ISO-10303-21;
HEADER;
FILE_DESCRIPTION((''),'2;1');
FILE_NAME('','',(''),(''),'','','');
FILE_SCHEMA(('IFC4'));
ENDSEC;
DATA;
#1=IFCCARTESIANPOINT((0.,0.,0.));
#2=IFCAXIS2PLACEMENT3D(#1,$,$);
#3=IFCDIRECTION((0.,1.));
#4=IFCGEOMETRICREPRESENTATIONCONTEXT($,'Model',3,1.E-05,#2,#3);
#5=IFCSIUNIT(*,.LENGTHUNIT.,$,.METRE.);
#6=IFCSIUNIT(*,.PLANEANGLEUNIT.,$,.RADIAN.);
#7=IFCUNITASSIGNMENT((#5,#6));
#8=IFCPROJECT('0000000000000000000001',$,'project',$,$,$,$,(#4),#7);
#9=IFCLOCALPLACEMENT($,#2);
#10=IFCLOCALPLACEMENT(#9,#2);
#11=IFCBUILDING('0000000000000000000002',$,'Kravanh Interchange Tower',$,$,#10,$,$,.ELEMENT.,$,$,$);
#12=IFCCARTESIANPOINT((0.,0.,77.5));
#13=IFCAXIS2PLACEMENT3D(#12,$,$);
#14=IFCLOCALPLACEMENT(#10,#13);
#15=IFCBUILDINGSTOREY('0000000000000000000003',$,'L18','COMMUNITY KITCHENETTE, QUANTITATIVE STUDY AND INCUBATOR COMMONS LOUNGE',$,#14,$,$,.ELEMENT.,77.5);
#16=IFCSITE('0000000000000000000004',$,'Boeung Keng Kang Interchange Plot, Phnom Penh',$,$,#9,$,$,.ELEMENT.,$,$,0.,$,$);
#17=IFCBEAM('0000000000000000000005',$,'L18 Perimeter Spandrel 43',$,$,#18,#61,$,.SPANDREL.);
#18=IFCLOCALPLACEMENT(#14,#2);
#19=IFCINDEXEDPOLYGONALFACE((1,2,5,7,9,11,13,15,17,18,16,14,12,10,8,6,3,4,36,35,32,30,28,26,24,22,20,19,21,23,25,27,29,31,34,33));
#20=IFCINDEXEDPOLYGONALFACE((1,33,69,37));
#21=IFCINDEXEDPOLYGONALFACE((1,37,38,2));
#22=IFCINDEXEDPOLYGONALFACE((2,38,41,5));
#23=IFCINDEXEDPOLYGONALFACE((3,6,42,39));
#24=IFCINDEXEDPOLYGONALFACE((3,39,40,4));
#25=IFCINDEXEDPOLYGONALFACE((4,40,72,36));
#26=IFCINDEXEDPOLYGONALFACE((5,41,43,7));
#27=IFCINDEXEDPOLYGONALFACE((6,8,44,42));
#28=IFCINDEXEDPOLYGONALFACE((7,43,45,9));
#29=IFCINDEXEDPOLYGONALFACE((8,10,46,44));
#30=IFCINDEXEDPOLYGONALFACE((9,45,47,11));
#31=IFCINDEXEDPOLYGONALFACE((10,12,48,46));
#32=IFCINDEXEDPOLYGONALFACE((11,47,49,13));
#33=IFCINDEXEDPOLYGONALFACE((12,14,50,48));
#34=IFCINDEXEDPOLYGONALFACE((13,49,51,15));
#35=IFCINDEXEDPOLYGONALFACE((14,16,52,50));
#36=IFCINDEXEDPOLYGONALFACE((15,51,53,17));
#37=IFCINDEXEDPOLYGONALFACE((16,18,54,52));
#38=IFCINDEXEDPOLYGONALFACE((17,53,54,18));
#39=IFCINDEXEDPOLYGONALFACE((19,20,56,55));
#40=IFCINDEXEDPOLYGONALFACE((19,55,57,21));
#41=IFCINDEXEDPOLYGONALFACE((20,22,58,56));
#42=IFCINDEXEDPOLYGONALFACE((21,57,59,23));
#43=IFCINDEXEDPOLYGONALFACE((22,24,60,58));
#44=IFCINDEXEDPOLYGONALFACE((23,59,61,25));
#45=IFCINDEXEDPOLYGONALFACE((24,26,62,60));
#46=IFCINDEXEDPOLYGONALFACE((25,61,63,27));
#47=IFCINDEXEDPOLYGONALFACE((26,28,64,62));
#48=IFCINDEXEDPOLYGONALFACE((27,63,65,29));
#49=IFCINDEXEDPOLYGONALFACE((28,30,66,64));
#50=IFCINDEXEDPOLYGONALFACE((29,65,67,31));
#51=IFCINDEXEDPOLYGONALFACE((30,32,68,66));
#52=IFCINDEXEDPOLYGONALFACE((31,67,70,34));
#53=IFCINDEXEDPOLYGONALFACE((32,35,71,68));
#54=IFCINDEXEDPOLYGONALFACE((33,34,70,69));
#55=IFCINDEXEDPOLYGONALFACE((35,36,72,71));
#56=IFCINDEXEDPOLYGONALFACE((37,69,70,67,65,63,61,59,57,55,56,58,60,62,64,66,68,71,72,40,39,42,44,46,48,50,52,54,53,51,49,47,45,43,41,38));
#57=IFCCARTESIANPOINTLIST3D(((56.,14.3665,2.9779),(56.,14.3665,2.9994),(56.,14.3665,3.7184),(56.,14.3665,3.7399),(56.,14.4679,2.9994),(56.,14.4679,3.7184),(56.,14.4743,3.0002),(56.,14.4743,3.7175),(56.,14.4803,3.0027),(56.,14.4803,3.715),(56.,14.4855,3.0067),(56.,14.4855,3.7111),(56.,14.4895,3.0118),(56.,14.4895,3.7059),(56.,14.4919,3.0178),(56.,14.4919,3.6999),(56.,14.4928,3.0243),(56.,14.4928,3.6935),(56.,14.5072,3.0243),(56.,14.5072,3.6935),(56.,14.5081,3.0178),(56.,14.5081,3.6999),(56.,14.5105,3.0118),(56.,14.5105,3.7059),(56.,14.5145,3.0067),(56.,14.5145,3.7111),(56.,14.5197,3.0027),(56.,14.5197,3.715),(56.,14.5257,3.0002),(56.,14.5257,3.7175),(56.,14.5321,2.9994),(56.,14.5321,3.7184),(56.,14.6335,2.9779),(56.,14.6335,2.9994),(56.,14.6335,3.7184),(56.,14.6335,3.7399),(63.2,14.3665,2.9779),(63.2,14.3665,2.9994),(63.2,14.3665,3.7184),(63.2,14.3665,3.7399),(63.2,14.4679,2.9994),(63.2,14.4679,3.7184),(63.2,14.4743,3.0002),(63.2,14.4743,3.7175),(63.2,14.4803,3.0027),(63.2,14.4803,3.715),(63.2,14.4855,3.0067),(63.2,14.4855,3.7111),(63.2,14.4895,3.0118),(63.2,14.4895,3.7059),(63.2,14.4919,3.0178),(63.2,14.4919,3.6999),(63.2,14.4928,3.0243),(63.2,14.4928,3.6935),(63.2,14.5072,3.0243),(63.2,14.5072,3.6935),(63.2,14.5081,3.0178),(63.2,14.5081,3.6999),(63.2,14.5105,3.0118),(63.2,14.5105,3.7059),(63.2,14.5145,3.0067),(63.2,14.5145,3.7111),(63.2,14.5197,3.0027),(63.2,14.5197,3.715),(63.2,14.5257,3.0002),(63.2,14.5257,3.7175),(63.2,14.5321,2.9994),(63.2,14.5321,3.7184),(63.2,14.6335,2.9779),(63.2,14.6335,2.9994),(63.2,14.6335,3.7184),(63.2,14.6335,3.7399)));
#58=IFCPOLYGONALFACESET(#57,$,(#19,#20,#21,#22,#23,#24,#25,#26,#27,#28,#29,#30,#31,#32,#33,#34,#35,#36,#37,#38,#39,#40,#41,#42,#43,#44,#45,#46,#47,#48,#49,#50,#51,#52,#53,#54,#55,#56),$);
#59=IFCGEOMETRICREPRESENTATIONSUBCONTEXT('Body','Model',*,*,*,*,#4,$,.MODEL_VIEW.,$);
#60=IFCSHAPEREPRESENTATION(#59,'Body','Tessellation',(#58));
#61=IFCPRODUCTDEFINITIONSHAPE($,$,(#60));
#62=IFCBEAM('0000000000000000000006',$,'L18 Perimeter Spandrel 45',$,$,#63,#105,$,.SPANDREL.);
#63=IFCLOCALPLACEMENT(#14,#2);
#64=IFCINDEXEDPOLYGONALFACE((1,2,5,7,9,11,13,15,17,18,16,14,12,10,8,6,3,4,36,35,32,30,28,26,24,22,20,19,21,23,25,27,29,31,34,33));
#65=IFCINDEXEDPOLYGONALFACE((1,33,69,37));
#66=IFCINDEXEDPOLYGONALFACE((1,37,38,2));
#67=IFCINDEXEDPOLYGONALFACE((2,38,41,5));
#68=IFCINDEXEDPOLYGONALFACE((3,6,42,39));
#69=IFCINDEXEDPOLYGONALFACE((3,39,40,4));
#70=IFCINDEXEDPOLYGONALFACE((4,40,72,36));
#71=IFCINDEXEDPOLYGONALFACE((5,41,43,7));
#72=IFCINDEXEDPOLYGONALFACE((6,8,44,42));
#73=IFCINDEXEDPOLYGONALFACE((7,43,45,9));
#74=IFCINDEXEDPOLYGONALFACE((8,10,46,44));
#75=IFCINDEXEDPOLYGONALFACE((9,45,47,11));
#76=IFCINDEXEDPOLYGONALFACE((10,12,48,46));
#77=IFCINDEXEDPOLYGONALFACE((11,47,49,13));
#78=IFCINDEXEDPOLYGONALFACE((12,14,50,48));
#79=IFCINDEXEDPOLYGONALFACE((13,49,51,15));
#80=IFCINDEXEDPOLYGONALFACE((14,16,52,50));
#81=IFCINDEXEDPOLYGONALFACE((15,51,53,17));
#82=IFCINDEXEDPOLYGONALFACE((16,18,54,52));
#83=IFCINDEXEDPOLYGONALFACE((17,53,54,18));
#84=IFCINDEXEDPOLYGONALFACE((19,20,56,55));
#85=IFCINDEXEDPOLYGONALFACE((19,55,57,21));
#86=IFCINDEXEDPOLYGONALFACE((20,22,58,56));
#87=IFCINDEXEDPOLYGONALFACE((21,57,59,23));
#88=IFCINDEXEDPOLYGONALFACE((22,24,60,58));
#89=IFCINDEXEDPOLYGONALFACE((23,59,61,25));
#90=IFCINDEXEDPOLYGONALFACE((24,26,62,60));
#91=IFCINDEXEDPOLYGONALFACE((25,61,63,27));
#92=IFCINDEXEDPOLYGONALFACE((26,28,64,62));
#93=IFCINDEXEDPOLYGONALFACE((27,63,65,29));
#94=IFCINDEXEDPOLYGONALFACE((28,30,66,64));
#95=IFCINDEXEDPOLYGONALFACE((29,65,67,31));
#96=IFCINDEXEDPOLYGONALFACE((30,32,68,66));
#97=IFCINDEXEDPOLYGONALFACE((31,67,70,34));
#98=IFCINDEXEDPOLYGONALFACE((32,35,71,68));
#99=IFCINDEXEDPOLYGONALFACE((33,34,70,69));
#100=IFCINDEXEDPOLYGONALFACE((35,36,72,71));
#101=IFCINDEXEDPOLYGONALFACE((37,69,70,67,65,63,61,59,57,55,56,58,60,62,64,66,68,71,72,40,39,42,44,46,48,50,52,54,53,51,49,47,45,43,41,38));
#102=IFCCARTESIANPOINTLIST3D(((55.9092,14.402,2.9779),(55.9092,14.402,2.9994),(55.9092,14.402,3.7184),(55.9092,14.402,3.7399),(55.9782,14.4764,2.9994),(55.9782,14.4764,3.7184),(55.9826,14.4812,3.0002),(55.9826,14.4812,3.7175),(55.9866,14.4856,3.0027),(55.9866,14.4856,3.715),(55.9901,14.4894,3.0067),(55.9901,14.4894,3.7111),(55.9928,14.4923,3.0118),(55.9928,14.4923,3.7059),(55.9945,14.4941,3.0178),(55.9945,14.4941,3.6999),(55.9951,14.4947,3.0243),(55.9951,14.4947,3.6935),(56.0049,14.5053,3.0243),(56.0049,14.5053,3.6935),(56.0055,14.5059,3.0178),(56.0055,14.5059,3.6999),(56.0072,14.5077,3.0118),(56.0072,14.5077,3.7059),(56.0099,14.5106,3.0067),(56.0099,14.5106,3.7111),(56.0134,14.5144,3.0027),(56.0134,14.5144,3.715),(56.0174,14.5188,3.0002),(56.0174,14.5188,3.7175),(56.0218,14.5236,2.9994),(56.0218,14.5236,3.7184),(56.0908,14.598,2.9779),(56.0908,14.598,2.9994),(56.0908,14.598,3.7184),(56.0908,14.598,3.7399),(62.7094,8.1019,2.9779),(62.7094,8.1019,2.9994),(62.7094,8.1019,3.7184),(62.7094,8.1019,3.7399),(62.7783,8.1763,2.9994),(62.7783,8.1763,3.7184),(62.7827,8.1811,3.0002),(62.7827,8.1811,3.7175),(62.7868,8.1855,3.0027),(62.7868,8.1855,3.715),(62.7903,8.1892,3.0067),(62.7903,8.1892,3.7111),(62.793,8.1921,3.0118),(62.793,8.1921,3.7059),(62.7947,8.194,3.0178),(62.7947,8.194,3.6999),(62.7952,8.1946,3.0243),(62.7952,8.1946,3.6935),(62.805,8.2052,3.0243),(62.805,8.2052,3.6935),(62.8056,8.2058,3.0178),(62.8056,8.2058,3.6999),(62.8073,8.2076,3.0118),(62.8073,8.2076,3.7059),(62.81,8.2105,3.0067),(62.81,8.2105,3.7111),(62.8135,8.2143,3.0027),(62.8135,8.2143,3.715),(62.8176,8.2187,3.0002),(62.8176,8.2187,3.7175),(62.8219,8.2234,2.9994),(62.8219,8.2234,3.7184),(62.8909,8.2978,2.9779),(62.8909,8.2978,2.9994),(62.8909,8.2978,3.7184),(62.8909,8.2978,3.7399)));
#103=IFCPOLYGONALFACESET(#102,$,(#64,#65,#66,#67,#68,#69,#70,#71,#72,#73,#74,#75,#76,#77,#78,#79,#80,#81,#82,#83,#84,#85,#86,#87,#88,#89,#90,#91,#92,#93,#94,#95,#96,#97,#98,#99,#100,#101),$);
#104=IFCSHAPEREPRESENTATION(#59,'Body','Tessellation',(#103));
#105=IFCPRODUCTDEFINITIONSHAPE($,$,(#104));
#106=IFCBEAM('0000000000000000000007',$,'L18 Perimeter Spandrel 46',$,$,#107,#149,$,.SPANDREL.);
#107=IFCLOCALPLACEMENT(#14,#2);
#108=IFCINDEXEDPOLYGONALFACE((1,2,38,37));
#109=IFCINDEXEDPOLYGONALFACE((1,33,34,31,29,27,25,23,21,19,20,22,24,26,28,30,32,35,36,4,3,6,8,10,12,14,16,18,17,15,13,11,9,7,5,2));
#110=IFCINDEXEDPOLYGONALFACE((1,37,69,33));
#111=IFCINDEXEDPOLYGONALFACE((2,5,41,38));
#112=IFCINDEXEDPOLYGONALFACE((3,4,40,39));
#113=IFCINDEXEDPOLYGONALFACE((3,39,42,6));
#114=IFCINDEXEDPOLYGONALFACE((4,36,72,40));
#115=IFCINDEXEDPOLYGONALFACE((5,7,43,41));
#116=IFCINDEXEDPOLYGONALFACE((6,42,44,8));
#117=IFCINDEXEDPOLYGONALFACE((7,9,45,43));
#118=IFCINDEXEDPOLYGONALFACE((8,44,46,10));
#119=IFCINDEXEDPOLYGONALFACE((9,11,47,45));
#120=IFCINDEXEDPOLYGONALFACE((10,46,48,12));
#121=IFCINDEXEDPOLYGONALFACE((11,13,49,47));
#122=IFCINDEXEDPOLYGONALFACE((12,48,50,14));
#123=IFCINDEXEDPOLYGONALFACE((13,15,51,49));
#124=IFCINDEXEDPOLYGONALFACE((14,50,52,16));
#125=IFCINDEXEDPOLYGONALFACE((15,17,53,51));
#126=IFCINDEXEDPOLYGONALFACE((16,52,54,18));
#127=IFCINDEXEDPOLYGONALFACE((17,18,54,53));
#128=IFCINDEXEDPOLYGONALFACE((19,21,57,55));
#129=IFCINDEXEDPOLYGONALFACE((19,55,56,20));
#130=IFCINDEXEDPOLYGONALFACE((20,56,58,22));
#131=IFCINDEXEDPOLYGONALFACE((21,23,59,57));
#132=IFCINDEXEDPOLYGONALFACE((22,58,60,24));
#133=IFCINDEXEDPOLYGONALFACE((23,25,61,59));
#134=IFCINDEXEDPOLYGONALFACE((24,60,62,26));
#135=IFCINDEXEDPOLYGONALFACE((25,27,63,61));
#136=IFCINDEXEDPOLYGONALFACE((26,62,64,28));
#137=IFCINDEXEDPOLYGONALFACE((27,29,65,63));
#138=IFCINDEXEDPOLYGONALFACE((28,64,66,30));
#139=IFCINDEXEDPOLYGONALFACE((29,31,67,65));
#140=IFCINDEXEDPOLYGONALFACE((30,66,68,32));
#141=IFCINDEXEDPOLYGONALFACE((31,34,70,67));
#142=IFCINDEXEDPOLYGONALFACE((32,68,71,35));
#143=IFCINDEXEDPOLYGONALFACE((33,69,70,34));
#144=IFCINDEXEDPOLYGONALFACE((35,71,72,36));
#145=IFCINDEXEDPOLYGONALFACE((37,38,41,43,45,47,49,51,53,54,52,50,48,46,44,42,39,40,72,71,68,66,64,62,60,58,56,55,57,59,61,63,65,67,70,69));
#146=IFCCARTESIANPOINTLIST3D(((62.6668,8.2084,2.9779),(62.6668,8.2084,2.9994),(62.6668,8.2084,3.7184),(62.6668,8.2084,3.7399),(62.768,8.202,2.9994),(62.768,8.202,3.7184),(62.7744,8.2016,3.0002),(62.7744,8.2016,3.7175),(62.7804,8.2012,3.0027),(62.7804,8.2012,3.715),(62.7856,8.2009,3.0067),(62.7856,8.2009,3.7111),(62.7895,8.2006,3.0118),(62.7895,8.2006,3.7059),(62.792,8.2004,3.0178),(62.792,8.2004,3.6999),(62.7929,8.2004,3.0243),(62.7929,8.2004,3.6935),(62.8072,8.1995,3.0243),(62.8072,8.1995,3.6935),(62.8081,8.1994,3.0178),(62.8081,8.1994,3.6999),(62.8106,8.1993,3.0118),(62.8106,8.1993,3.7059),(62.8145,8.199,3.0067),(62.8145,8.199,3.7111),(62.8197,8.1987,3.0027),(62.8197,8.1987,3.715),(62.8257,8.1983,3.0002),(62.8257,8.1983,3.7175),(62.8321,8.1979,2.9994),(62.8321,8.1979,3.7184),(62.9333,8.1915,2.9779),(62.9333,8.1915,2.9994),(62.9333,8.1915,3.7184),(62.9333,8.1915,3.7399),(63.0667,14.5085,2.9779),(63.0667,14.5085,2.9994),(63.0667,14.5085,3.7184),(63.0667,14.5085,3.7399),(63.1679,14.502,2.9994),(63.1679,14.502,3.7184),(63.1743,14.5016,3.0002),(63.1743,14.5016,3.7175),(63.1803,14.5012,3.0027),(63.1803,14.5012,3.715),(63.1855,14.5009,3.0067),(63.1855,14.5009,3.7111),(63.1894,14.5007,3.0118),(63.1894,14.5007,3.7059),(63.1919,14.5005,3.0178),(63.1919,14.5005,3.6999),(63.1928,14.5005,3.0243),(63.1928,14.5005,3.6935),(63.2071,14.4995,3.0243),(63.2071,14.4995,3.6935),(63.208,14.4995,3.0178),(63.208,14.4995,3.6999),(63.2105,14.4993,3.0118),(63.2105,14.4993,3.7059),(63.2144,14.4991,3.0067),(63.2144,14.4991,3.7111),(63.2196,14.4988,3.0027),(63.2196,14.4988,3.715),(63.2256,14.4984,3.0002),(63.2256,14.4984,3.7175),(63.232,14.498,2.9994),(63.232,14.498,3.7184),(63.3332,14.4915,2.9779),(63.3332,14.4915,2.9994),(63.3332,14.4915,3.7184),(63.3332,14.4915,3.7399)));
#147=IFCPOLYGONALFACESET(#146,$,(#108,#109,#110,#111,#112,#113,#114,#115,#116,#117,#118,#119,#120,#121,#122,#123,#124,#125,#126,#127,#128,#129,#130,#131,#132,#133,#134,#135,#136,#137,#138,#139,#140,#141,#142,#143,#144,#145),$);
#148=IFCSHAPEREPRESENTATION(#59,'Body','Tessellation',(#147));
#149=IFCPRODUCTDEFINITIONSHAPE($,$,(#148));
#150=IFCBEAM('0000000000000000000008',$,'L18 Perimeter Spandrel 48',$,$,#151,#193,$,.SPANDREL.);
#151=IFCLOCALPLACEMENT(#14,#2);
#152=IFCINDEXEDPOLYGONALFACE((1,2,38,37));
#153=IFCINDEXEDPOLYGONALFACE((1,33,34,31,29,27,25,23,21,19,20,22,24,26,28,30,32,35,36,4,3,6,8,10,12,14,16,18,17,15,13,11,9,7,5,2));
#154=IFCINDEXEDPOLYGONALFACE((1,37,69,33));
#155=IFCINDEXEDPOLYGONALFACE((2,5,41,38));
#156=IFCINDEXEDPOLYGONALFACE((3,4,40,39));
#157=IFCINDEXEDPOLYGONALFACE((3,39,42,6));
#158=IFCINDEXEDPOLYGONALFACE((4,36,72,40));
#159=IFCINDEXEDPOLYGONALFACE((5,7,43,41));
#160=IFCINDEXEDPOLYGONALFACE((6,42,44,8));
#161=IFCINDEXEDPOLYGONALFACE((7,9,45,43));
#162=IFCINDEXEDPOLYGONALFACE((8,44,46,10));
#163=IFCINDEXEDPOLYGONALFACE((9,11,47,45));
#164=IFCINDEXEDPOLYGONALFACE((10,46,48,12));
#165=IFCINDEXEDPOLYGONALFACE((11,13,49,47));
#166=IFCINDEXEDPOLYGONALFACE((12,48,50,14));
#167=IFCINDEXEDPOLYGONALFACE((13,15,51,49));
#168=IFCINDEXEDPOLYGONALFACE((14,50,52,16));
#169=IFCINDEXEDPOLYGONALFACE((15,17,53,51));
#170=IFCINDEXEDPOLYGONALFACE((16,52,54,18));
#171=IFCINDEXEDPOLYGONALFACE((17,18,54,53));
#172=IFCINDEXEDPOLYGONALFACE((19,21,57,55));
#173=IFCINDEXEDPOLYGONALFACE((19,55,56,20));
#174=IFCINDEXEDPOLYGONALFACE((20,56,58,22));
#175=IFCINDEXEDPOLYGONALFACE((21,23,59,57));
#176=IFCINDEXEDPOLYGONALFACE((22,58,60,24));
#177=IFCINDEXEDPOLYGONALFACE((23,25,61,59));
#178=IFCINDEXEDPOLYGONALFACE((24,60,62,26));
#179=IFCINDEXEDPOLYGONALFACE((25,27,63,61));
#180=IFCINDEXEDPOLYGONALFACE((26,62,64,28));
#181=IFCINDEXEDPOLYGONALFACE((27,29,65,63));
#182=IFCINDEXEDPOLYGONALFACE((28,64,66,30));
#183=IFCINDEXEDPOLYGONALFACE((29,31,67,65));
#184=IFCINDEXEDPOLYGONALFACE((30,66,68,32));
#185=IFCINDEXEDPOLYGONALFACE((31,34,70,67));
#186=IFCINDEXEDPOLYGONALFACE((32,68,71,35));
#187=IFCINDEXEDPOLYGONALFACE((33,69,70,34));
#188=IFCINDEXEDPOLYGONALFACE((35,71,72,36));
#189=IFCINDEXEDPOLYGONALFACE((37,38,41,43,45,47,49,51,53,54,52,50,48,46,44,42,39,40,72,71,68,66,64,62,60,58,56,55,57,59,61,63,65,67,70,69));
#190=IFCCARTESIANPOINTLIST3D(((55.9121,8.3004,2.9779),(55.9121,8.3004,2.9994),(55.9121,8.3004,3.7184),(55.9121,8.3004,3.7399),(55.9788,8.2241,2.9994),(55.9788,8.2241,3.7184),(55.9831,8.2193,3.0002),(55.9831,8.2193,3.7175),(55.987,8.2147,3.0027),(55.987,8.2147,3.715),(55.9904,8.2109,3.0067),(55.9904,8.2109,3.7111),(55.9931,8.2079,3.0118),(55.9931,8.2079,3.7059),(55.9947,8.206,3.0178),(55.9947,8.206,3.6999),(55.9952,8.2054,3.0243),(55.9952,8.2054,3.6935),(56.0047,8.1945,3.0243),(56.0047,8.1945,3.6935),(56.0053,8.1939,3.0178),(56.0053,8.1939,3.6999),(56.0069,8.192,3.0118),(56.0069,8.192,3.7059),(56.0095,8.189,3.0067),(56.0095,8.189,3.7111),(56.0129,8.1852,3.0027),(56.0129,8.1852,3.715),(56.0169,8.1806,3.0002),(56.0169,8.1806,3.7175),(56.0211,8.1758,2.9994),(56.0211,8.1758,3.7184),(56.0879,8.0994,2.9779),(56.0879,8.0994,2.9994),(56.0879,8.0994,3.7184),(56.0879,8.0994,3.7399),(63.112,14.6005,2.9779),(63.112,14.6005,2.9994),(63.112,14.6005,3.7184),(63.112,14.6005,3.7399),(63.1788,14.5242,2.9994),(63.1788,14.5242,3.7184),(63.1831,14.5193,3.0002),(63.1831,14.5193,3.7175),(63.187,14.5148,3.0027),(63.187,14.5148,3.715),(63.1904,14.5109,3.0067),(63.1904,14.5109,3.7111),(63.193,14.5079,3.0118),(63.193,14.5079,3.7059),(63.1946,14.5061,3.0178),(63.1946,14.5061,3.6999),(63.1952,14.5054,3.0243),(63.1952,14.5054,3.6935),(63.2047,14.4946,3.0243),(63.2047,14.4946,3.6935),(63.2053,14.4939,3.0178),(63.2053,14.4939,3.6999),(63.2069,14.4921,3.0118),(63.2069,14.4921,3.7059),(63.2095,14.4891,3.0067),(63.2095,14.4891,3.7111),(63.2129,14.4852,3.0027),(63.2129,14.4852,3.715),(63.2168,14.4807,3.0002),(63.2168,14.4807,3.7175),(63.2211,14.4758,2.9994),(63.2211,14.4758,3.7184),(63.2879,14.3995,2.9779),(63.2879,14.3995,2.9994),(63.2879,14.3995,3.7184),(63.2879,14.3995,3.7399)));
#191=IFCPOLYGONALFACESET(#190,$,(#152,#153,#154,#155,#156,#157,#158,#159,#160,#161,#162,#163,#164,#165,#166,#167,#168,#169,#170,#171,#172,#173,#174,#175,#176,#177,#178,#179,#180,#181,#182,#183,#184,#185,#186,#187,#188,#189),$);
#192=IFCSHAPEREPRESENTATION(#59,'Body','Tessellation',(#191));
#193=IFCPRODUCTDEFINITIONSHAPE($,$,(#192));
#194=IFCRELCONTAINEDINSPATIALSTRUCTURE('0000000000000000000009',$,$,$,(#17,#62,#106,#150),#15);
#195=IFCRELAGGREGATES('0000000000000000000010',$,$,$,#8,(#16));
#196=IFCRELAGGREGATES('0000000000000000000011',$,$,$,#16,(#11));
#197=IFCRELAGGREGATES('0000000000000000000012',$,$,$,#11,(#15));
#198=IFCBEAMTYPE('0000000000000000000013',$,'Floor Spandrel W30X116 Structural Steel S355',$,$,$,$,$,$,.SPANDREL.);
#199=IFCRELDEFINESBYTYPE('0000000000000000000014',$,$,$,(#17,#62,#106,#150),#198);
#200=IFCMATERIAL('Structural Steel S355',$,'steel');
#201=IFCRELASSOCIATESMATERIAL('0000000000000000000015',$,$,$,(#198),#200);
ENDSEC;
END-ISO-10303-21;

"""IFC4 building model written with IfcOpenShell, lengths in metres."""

from ifc_helpers import new_model, si_unit, direction, frame, origin, origin_2d, place, context, subcontext, project, spatial, i_section, extrude, material, material_profile, profile_set, type_object, element, save


model = new_model("IFC4")

# Units and contexts
model_context = context("Model", 3, precision=1e-05, world=origin(), true_north=direction((0.0, 1.0)))
body_context = subcontext(model_context, "Body", "Model", "MODEL_VIEW")
ifc_project = project(units=[si_unit("LENGTHUNIT", "METRE"), si_unit("PLANEANGLEUNIT", "RADIAN")], contexts=[model_context])

# Site, building, storey
site_placement = place(None, origin())
site = spatial("IfcSite", under=ifc_project, at=site_placement, Name="Boeung Keng Kang Interchange Plot, Phnom Penh", CompositionType="ELEMENT", RefElevation=0.0)
building_placement = place(site_placement, origin())
building = spatial("IfcBuilding", under=site, at=building_placement, Name="Kravanh Interchange Tower", CompositionType="ELEMENT")
storey_placement = place(building_placement, frame((0.0, 0.0, 77.5)))
storey = spatial("IfcBuildingStorey", under=building, at=storey_placement, Name="L18", Description="COMMUNITY KITCHENETTE, QUANTITATIVE STUDY AND INCUBATOR COMMONS LOUNGE", CompositionType="ELEMENT", Elevation=77.5)

# Beams
ifc_material_1 = material(Name="Structural Steel S355", Category="steel")
ifc_material_profile_1 = material_profile(ifc_material_1, i_section(OverallWidth=0.2671, OverallDepth=0.762, WebThickness=0.0144, FlangeThickness=0.0215, FilletRadius=0.0249, at=origin_2d()), Name="W30X116")
ifc_profile_set_1 = profile_set([ifc_material_profile_1], Name="Structural Steel S355")
beam_type_1 = type_object("IfcBeamType", Name="Floor Spandrel W30X116 Structural Steel S355", PredefinedType="SPANDREL", material=ifc_profile_set_1)
beam_1_placement = place(storey_placement, frame((56.0, 14.5, 3.3589), z_axis=(1.0, 0.0, 0.0), x_axis=(0.0, 1.0, 0.0)))
element("IfcBeam", 1, at=beam_1_placement, inside=storey, type_object=beam_type_1, Name="L18 Perimeter Spandrel 43", PredefinedType="SPANDREL", context=body_context, shape_type="SweptSolid", body=[
    extrude(i_section(OverallWidth=0.2671, OverallDepth=0.762, WebThickness=0.0144, FlangeThickness=0.0215, FilletRadius=0.0249, at=origin_2d()), origin(), (0.0, 0.0, 1.0), 7.2),
])
beam_2_placement = place(storey_placement, frame((56.0, 14.5, 3.3589), z_axis=(0.733561, -0.679623, 0.0), x_axis=(0.679623, 0.733561, 0.0)))
element("IfcBeam", 2, at=beam_2_placement, inside=storey, type_object=beam_type_1, Name="L18 Perimeter Spandrel 45", PredefinedType="SPANDREL", context=body_context, shape_type="SweptSolid", body=[
    extrude(i_section(OverallWidth=0.2671, OverallDepth=0.762, WebThickness=0.0144, FlangeThickness=0.0215, FilletRadius=0.0249, at=origin_2d()), origin(), (0.0, 0.0, 1.0), 9.27),
])
beam_3_placement = place(storey_placement, frame((63.2, 14.5, 3.3589), z_axis=(-0.063349, -0.997991, 0.0), x_axis=(0.997991, -0.063349, 0.0)))
element("IfcBeam", 3, at=beam_3_placement, inside=storey, type_object=beam_type_1, Name="L18 Perimeter Spandrel 46", PredefinedType="SPANDREL", context=body_context, shape_type="SweptSolid", body=[
    extrude(i_section(OverallWidth=0.2671, OverallDepth=0.762, WebThickness=0.0144, FlangeThickness=0.0215, FilletRadius=0.0249, at=origin_2d()), origin(), (0.0, 0.0, 1.0), 6.3127),
])
beam_4_placement = place(storey_placement, frame((63.2, 14.5, 3.3589), z_axis=(-0.752572, -0.65851, 0.0), x_axis=(0.65851, -0.752572, 0.0)))
element("IfcBeam", 4, at=beam_4_placement, inside=storey, type_object=beam_type_1, Name="L18 Perimeter Spandrel 48", PredefinedType="SPANDREL", context=body_context, shape_type="SweptSolid", body=[
    extrude(i_section(OverallWidth=0.2671, OverallDepth=0.762, WebThickness=0.0144, FlangeThickness=0.0215, FilletRadius=0.0249, at=origin_2d()), origin(), (0.0, 0.0, 1.0), 9.5671),
])

save(model, "model.ifc")
